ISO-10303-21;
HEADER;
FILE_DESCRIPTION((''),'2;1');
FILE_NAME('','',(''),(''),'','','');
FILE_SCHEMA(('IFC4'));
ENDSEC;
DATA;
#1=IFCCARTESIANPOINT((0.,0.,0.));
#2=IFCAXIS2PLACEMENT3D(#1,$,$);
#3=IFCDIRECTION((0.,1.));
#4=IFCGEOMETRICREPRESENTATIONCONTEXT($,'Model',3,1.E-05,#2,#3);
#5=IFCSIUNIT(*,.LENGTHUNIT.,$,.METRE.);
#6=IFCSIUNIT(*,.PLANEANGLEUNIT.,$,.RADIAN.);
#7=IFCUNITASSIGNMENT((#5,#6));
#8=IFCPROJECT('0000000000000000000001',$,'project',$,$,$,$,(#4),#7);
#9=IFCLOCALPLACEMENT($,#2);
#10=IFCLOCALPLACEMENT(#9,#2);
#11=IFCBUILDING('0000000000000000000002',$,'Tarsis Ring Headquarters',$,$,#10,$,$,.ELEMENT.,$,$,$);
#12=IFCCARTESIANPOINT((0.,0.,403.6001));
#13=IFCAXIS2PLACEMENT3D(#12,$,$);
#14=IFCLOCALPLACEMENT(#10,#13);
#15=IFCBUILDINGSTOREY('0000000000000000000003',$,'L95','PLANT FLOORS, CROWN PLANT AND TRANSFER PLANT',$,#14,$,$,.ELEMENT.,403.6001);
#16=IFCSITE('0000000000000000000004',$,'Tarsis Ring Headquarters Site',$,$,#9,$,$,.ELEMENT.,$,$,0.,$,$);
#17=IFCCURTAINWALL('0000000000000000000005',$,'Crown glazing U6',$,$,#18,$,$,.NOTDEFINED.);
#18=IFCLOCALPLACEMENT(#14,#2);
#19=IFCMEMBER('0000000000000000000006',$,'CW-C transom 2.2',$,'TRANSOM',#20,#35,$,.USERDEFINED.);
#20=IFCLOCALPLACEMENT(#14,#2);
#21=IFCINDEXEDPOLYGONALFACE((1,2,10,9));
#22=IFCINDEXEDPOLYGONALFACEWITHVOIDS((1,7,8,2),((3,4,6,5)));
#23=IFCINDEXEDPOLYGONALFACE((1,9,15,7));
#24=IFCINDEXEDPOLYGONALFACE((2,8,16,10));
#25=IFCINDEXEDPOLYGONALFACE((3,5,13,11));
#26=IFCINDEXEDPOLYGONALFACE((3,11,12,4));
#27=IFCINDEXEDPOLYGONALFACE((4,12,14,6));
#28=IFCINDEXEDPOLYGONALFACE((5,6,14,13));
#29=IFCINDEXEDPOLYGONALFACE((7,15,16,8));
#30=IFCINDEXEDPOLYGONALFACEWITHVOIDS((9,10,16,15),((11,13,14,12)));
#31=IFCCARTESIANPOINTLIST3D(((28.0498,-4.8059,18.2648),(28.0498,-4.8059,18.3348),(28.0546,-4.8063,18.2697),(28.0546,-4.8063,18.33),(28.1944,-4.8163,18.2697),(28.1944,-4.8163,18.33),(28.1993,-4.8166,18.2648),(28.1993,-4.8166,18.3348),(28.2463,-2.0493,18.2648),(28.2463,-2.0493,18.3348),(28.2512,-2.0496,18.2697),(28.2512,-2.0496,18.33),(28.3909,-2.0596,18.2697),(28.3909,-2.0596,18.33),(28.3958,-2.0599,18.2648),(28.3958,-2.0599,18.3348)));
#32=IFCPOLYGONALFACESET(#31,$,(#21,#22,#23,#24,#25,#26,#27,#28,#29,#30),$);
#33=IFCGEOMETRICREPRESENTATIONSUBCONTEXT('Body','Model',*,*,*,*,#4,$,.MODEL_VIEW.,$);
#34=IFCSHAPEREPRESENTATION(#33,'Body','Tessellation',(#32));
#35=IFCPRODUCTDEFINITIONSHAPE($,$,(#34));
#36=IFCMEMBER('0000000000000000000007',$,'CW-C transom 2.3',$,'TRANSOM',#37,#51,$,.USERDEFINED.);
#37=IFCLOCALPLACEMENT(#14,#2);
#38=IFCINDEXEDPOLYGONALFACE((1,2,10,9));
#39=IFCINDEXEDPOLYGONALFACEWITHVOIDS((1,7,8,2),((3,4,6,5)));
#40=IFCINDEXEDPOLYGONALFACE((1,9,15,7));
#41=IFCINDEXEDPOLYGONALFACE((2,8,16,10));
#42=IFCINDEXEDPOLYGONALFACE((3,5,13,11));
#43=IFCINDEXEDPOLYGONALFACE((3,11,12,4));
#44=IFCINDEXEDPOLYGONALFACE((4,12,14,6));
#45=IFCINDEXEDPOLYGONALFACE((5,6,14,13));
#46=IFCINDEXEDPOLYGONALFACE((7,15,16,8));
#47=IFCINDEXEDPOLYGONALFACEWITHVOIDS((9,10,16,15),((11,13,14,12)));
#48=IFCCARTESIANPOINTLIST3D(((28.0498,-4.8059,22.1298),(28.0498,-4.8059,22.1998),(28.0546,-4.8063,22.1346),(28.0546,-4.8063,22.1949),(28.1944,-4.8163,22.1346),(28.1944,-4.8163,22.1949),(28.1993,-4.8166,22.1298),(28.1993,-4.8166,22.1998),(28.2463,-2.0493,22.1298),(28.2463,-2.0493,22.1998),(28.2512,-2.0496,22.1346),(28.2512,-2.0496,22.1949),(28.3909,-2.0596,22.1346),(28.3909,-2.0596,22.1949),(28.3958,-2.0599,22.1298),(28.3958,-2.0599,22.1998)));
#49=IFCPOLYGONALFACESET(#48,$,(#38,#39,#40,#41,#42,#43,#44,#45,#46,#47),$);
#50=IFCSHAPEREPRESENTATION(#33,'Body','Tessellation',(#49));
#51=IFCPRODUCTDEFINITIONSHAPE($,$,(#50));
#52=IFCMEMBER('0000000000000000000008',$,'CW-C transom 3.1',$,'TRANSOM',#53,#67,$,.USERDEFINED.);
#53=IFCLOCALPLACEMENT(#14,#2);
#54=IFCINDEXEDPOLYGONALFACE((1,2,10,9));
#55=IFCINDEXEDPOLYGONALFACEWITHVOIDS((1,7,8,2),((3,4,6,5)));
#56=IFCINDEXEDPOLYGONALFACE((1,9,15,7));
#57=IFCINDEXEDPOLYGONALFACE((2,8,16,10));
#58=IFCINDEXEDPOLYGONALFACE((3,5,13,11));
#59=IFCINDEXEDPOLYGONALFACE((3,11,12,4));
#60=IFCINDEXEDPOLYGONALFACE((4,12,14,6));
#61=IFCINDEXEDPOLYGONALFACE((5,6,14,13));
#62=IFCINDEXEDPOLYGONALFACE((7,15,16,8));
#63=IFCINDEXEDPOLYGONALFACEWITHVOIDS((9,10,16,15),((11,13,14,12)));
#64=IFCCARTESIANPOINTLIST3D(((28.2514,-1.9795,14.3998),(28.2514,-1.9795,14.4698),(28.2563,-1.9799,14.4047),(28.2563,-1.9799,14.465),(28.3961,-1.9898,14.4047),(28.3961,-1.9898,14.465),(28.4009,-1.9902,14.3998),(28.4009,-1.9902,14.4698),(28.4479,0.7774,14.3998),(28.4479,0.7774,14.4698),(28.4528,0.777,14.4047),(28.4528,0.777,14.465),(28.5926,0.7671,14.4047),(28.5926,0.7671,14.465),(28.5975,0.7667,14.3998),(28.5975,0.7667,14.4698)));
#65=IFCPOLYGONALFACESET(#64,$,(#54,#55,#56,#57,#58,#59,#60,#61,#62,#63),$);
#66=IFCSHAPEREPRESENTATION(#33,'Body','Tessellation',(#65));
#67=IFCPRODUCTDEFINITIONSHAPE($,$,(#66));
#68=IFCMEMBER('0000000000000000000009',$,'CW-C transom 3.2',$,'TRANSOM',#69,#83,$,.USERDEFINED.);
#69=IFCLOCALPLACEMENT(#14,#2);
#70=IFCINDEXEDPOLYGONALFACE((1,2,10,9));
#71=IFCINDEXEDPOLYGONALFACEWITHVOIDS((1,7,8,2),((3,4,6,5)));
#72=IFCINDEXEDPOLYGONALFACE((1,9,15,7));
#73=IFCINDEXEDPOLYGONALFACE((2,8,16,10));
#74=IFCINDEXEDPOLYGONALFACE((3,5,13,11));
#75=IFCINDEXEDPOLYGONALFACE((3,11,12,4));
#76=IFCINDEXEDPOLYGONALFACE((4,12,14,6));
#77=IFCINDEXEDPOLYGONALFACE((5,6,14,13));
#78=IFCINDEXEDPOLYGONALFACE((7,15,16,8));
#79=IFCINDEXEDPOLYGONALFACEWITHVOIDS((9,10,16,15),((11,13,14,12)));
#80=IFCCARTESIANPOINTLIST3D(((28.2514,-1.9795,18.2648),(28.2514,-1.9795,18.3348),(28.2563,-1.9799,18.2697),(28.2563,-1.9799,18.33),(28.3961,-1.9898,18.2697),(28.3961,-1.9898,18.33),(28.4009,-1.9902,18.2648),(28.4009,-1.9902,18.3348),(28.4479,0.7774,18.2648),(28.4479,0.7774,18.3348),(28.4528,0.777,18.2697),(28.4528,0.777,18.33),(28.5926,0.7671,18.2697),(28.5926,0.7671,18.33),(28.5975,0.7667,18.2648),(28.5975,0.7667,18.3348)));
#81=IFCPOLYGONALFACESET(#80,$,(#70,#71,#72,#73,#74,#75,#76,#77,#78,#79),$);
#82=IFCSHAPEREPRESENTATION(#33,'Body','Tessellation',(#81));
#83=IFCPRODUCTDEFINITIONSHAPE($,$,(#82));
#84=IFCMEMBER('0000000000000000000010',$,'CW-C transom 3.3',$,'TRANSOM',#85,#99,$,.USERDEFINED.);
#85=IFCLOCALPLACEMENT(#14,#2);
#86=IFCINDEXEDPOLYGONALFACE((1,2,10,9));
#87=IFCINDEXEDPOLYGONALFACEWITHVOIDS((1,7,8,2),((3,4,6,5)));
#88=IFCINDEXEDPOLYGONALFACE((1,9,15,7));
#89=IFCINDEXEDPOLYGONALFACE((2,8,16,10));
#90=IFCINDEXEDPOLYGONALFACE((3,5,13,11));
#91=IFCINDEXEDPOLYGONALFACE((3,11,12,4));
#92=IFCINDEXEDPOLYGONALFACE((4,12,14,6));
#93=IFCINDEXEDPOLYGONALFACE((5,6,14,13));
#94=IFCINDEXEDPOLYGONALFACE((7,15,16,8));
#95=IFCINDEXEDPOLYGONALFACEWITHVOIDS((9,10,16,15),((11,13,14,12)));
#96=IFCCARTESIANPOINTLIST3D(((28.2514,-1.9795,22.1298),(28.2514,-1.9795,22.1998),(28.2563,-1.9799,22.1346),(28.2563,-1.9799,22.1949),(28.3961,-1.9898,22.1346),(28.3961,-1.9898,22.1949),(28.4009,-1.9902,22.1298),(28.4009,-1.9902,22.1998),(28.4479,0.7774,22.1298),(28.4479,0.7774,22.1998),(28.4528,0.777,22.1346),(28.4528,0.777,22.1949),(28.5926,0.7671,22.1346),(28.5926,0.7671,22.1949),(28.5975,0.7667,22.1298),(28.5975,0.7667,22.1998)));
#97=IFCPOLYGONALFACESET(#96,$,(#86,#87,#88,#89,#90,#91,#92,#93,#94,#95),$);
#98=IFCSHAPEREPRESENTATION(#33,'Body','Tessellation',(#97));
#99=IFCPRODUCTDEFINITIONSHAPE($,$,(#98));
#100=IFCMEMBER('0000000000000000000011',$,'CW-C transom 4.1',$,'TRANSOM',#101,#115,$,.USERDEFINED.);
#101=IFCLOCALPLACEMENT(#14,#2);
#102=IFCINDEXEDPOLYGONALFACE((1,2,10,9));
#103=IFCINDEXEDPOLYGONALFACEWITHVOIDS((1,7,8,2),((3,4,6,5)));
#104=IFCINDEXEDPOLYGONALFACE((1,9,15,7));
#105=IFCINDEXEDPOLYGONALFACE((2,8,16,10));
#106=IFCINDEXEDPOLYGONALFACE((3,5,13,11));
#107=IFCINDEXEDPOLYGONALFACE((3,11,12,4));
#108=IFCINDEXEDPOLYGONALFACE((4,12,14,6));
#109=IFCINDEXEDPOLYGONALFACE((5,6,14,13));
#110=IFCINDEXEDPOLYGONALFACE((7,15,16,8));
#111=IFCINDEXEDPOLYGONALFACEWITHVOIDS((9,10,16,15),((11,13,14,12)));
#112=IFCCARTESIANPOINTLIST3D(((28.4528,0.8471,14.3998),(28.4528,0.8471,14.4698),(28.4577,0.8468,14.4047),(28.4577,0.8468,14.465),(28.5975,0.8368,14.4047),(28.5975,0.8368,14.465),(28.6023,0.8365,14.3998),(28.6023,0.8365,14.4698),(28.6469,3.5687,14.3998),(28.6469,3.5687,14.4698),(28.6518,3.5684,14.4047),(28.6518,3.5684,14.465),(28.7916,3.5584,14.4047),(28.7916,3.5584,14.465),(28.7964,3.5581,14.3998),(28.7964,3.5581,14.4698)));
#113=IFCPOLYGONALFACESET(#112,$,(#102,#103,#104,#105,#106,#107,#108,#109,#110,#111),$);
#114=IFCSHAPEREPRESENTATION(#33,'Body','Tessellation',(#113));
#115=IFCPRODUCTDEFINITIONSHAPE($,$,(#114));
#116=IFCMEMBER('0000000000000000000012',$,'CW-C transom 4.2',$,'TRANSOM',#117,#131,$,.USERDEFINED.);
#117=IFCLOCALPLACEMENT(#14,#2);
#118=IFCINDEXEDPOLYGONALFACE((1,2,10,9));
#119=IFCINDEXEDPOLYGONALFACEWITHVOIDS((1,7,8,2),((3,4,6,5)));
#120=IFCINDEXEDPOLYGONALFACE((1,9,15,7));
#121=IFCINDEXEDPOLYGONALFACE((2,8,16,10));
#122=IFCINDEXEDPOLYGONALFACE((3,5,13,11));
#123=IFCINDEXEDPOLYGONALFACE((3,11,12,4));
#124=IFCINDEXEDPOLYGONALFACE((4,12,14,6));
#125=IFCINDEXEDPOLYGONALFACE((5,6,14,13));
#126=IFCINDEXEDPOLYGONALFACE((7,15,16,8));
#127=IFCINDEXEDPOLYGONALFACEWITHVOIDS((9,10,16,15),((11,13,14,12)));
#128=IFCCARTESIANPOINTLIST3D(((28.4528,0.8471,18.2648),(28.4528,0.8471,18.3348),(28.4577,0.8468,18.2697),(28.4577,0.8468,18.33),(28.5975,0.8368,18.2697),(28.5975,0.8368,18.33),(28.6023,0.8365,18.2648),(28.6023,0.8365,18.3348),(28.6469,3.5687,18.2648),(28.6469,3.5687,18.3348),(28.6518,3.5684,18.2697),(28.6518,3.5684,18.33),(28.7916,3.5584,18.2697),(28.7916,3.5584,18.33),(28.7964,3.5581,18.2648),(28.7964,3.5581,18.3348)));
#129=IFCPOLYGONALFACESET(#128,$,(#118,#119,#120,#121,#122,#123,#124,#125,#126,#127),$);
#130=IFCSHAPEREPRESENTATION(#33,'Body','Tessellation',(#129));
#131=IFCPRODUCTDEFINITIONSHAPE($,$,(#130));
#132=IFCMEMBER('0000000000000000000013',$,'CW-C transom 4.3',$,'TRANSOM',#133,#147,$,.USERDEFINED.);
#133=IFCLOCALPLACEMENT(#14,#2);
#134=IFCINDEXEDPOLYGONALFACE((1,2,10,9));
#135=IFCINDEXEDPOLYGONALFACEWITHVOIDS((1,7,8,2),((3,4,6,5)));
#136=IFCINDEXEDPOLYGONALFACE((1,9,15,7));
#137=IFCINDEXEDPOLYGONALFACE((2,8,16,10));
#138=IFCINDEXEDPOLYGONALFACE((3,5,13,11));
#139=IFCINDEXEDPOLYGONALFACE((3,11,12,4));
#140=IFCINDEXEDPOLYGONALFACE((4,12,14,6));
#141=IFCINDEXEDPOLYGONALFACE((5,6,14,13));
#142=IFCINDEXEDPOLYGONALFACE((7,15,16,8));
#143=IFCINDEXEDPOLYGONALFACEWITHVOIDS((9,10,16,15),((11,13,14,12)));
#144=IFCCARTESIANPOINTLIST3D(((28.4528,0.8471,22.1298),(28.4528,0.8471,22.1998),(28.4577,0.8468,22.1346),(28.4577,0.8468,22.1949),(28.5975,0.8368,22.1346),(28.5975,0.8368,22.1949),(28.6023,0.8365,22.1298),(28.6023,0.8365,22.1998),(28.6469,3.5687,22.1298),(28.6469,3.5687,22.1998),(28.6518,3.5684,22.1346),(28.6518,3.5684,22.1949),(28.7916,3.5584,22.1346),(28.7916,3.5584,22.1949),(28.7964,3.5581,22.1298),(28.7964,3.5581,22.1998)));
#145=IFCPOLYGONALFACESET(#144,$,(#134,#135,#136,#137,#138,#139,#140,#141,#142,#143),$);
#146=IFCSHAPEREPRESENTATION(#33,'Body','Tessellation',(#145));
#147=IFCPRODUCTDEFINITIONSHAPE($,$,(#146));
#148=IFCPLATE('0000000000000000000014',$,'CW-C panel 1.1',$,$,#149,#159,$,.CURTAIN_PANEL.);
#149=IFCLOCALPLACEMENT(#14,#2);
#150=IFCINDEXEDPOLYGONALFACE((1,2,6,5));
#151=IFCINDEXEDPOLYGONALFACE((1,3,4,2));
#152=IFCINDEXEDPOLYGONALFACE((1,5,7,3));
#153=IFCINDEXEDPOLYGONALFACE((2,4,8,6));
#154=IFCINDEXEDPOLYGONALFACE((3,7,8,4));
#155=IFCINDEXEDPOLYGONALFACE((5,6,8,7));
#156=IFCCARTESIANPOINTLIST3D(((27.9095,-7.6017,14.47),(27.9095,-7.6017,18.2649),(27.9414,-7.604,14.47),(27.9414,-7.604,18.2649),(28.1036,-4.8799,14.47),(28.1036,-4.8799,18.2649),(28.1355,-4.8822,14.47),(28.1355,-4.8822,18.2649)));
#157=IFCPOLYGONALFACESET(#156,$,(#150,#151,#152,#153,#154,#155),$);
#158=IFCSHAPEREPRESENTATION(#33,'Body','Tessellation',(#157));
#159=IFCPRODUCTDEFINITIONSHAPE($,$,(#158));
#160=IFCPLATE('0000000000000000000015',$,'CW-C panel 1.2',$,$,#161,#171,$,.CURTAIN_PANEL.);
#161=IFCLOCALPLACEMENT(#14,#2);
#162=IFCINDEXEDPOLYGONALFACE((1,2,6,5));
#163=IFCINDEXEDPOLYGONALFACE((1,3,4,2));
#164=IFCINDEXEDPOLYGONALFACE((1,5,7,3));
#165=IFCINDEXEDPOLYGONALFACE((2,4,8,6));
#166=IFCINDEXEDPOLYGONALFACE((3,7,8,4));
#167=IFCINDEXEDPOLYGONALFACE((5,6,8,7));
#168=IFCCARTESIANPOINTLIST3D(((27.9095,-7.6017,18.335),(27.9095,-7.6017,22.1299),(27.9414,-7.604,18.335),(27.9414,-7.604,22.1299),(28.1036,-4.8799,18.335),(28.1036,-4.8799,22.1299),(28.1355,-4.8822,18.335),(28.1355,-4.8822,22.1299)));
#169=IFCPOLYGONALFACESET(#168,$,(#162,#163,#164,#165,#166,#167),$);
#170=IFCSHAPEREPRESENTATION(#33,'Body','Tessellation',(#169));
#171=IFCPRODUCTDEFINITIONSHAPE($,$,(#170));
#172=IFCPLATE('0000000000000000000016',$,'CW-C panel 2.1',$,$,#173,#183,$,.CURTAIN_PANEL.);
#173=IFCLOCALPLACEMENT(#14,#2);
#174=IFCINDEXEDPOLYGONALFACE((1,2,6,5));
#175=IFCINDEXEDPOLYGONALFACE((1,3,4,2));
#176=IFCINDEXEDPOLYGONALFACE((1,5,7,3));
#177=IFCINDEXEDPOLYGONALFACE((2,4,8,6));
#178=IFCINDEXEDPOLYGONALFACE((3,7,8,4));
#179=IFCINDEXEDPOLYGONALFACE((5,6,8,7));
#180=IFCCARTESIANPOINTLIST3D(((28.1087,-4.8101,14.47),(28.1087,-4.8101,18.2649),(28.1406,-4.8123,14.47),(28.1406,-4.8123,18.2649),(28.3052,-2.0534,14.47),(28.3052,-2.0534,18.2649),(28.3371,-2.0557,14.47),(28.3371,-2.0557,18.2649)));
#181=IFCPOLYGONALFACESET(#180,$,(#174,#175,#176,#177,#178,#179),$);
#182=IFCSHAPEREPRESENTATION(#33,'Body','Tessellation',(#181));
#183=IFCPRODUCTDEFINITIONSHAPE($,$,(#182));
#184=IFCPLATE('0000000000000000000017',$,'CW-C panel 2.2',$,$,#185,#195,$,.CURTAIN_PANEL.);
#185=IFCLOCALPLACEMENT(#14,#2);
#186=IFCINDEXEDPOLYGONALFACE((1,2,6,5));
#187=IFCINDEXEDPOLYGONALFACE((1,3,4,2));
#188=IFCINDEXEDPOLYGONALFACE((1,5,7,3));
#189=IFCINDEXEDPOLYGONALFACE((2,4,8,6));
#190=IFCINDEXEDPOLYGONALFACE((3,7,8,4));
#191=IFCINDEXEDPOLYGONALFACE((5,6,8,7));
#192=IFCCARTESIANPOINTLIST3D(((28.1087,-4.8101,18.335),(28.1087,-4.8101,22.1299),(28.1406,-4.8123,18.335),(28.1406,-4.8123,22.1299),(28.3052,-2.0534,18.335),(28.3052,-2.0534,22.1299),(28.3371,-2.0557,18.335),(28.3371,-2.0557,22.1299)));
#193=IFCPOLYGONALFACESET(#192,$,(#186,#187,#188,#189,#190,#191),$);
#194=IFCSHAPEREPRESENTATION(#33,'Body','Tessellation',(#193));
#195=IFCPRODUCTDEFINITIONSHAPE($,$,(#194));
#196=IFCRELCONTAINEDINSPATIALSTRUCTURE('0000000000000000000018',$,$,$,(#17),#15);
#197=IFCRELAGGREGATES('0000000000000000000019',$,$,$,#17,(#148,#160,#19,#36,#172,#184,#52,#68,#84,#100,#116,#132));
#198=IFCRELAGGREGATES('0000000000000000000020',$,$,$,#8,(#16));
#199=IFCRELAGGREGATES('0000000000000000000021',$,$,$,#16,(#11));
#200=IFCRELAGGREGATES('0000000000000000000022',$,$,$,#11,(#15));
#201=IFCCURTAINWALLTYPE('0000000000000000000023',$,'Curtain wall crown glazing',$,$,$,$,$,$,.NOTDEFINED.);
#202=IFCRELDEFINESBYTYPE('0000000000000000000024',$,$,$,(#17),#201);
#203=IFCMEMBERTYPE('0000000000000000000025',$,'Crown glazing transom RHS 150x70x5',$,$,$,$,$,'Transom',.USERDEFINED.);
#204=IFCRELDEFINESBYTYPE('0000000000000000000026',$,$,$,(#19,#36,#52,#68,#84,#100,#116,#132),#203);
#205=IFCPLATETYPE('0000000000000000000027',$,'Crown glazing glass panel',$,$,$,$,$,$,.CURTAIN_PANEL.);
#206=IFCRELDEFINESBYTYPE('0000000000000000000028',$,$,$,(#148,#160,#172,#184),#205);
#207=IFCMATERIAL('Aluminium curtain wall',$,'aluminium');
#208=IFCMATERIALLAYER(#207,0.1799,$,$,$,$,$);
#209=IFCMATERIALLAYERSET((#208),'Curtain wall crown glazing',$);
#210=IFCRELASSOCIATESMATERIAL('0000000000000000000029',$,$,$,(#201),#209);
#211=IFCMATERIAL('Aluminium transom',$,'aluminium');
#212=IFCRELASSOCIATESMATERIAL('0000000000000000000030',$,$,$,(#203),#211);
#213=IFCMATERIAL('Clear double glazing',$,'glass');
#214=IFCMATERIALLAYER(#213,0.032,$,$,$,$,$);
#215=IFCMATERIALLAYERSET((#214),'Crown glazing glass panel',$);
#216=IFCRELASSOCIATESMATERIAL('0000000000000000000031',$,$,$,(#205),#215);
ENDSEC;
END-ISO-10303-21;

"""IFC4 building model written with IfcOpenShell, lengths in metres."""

from ifc_helpers import new_model, si_unit, direction, frame, origin, origin_2d, place, context, subcontext, project, spatial, rectangle, hollow_rectangle, extrude, material, layer, layer_set, material_profile, profile_set, type_object, element, aggregate, save


model = new_model("IFC4")

# Units and contexts
model_context = context("Model", 3, precision=1e-05, world=origin(), true_north=direction((0.0, 1.0)))
body_context = subcontext(model_context, "Body", "Model", "MODEL_VIEW")
ifc_project = project(units=[si_unit("LENGTHUNIT", "METRE"), si_unit("PLANEANGLEUNIT", "RADIAN")], contexts=[model_context])

# Site, building, storey
site_placement = place(None, origin())
site = spatial("IfcSite", under=ifc_project, at=site_placement, Name="Tarsis Ring Headquarters Site", CompositionType="ELEMENT", RefElevation=0.0)
building_placement = place(site_placement, origin())
building = spatial("IfcBuilding", under=site, at=building_placement, Name="Tarsis Ring Headquarters", CompositionType="ELEMENT")
storey_placement = place(building_placement, frame((0.0, 0.0, 403.6001)))
storey = spatial("IfcBuildingStorey", under=building, at=storey_placement, Name="L95", Description="PLANT FLOORS, CROWN PLANT AND TRANSFER PLANT", CompositionType="ELEMENT", Elevation=403.6001)

# Curtain wall
ifc_material_1 = material(Name="Aluminium curtain wall", Category="aluminium")
ifc_layer_1 = layer(ifc_material_1, 0.1799)
ifc_layer_set_1 = layer_set([ifc_layer_1], Name="Curtain wall crown glazing")
curtain_wall_type = type_object("IfcCurtainWallType", Name="Curtain wall crown glazing", PredefinedType="NOTDEFINED", material=ifc_layer_set_1)
curtain_wall_1_placement = place(storey_placement, origin())
curtain_wall_1 = element("IfcCurtainWall", 1, at=curtain_wall_1_placement, inside=storey, type_object=curtain_wall_type, Name="Crown glazing U6", PredefinedType="NOTDEFINED")
ifc_material_2 = material(Name="Aluminium transom", Category="aluminium")
ifc_material_profile_1 = material_profile(ifc_material_2, hollow_rectangle(XDim=0.1499, YDim=0.0701, WallThickness=0.0049, at=origin_2d()), Name="RHS 150x70x5")
ifc_profile_set_1 = profile_set([ifc_material_profile_1], Name="Aluminium transom")
member_type_1 = type_object("IfcMemberType", Name="Crown glazing transom RHS 150x70x5", ElementType="Transom", PredefinedType="USERDEFINED", material=ifc_profile_set_1)

# Members
member_1_placement = place(storey_placement, frame((28.1245, -4.8113, 18.2998), z_axis=(0.071115, 0.997468, 0.0), x_axis=(-0.997468, 0.071115, 0.0)))
member_1 = element("IfcMember", 2, at=member_1_placement, type_object=member_type_1, Name="CW-C transom 2.2", ObjectType="TRANSOM", PredefinedType="USERDEFINED", context=body_context, shape_type="SweptSolid", body=[
    extrude(hollow_rectangle(XDim=0.1499, YDim=0.0701, WallThickness=0.0049, at=origin_2d()), origin(), (0.0, 0.0, 1.0), 2.7637),
])
member_2_placement = place(storey_placement, frame((28.1245, -4.8113, 22.1648), z_axis=(0.071115, 0.997468, 0.0), x_axis=(-0.997468, 0.071115, 0.0)))
member_2 = element("IfcMember", 3, at=member_2_placement, type_object=member_type_1, Name="CW-C transom 2.3", ObjectType="TRANSOM", PredefinedType="USERDEFINED", context=body_context, shape_type="SweptSolid", body=[
    extrude(hollow_rectangle(XDim=0.1499, YDim=0.0701, WallThickness=0.0049, at=origin_2d()), origin(), (0.0, 0.0, 1.0), 2.7637),
])
member_3_placement = place(storey_placement, frame((28.3262, -1.9849, 14.4348), z_axis=(0.071109, 0.997469, 0.0), x_axis=(-0.997469, 0.071109, 0.0)))
member_3 = element("IfcMember", 4, at=member_3_placement, type_object=member_type_1, Name="CW-C transom 3.1", ObjectType="TRANSOM", PredefinedType="USERDEFINED", context=body_context, shape_type="SweptSolid", body=[
    extrude(hollow_rectangle(XDim=0.1499, YDim=0.0701, WallThickness=0.0049, at=origin_2d()), origin(), (0.0, 0.0, 1.0), 2.7639),
])
member_4_placement = place(storey_placement, frame((28.3262, -1.9849, 18.2998), z_axis=(0.071109, 0.997469, 0.0), x_axis=(-0.997469, 0.071109, 0.0)))
member_4 = element("IfcMember", 5, at=member_4_placement, type_object=member_type_1, Name="CW-C transom 3.2", ObjectType="TRANSOM", PredefinedType="USERDEFINED", context=body_context, shape_type="SweptSolid", body=[
    extrude(hollow_rectangle(XDim=0.1499, YDim=0.0701, WallThickness=0.0049, at=origin_2d()), origin(), (0.0, 0.0, 1.0), 2.7639),
])
member_5_placement = place(storey_placement, frame((28.3262, -1.9849, 22.1648), z_axis=(0.071109, 0.997469, 0.0), x_axis=(-0.997469, 0.071109, 0.0)))
member_5 = element("IfcMember", 6, at=member_5_placement, type_object=member_type_1, Name="CW-C transom 3.3", ObjectType="TRANSOM", PredefinedType="USERDEFINED", context=body_context, shape_type="SweptSolid", body=[
    extrude(hollow_rectangle(XDim=0.1499, YDim=0.0701, WallThickness=0.0049, at=origin_2d()), origin(), (0.0, 0.0, 1.0), 2.7639),
])
member_6_placement = place(storey_placement, frame((28.5276, 0.8418, 14.4348), z_axis=(0.071133, 0.997467, 0.0), x_axis=(-0.997467, 0.071133, 0.0)))
member_6 = element("IfcMember", 7, at=member_6_placement, type_object=member_type_1, Name="CW-C transom 4.1", ObjectType="TRANSOM", PredefinedType="USERDEFINED", context=body_context, shape_type="SweptSolid", body=[
    extrude(hollow_rectangle(XDim=0.1499, YDim=0.0701, WallThickness=0.0049, at=origin_2d()), origin(), (0.0, 0.0, 1.0), 2.7285),
])
member_7_placement = place(storey_placement, frame((28.5276, 0.8418, 18.2998), z_axis=(0.071133, 0.997467, 0.0), x_axis=(-0.997467, 0.071133, 0.0)))
member_7 = element("IfcMember", 8, at=member_7_placement, type_object=member_type_1, Name="CW-C transom 4.2", ObjectType="TRANSOM", PredefinedType="USERDEFINED", context=body_context, shape_type="SweptSolid", body=[
    extrude(hollow_rectangle(XDim=0.1499, YDim=0.0701, WallThickness=0.0049, at=origin_2d()), origin(), (0.0, 0.0, 1.0), 2.7285),
])
member_8_placement = place(storey_placement, frame((28.5276, 0.8418, 22.1648), z_axis=(0.071133, 0.997467, 0.0), x_axis=(-0.997467, 0.071133, 0.0)))
member_8 = element("IfcMember", 9, at=member_8_placement, type_object=member_type_1, Name="CW-C transom 4.3", ObjectType="TRANSOM", PredefinedType="USERDEFINED", context=body_context, shape_type="SweptSolid", body=[
    extrude(hollow_rectangle(XDim=0.1499, YDim=0.0701, WallThickness=0.0049, at=origin_2d()), origin(), (0.0, 0.0, 1.0), 2.7285),
])

# Plates
ifc_material_3 = material(Name="Clear double glazing", Category="glass")
ifc_layer_2 = layer(ifc_material_3, 0.032)
ifc_layer_set_2 = layer_set([ifc_layer_2], Name="Crown glazing glass panel")
plate_type = type_object("IfcPlateType", Name="Crown glazing glass panel", PredefinedType="CURTAIN_PANEL", material=ifc_layer_set_2)
plate_1_placement = place(storey_placement, frame((28.0225, -6.2419, 14.47), z_axis=(0.0, 0.0, 1.0), x_axis=(0.071127, 0.997467, 0.0)))
plate_1 = element("IfcPlate", 10, at=plate_1_placement, type_object=plate_type, Name="CW-C panel 1.1", PredefinedType="CURTAIN_PANEL", context=body_context, shape_type="SweptSolid", body=[
    extrude(rectangle(XDim=2.7288, YDim=0.032, at=origin_2d()), origin(), (0.0, 0.0, 1.0), 3.7949),
])
plate_2_placement = place(storey_placement, frame((28.0225, -6.2419, 18.335), z_axis=(0.0, 0.0, 1.0), x_axis=(0.071127, 0.997467, 0.0)))
plate_2 = element("IfcPlate", 11, at=plate_2_placement, type_object=plate_type, Name="CW-C panel 1.2", PredefinedType="CURTAIN_PANEL", context=body_context, shape_type="SweptSolid", body=[
    extrude(rectangle(XDim=2.7288, YDim=0.032, at=origin_2d()), origin(), (0.0, 0.0, 1.0), 3.7949),
])
plate_3_placement = place(storey_placement, frame((28.2229, -3.4329, 14.47), z_axis=(0.0, 0.0, 1.0), x_axis=(0.071127, 0.997467, 0.0)))
plate_3 = element("IfcPlate", 12, at=plate_3_placement, type_object=plate_type, Name="CW-C panel 2.1", PredefinedType="CURTAIN_PANEL", context=body_context, shape_type="SweptSolid", body=[
    extrude(rectangle(XDim=2.7637, YDim=0.032, at=origin_2d()), origin(), (0.0, 0.0, 1.0), 3.7949),
])
plate_4_placement = place(storey_placement, frame((28.2229, -3.4329, 18.335), z_axis=(0.0, 0.0, 1.0), x_axis=(0.071127, 0.997467, 0.0)))
plate_4 = element("IfcPlate", 13, at=plate_4_placement, type_object=plate_type, Name="CW-C panel 2.2", PredefinedType="CURTAIN_PANEL", context=body_context, shape_type="SweptSolid", body=[
    extrude(rectangle(XDim=2.7637, YDim=0.032, at=origin_2d()), origin(), (0.0, 0.0, 1.0), 3.7949),
])
aggregate(curtain_wall_1, [plate_1, plate_2, member_1, member_2, plate_3, plate_4, member_3, member_4, member_5, member_6, member_7, member_8])

save(model, "model.ifc")
